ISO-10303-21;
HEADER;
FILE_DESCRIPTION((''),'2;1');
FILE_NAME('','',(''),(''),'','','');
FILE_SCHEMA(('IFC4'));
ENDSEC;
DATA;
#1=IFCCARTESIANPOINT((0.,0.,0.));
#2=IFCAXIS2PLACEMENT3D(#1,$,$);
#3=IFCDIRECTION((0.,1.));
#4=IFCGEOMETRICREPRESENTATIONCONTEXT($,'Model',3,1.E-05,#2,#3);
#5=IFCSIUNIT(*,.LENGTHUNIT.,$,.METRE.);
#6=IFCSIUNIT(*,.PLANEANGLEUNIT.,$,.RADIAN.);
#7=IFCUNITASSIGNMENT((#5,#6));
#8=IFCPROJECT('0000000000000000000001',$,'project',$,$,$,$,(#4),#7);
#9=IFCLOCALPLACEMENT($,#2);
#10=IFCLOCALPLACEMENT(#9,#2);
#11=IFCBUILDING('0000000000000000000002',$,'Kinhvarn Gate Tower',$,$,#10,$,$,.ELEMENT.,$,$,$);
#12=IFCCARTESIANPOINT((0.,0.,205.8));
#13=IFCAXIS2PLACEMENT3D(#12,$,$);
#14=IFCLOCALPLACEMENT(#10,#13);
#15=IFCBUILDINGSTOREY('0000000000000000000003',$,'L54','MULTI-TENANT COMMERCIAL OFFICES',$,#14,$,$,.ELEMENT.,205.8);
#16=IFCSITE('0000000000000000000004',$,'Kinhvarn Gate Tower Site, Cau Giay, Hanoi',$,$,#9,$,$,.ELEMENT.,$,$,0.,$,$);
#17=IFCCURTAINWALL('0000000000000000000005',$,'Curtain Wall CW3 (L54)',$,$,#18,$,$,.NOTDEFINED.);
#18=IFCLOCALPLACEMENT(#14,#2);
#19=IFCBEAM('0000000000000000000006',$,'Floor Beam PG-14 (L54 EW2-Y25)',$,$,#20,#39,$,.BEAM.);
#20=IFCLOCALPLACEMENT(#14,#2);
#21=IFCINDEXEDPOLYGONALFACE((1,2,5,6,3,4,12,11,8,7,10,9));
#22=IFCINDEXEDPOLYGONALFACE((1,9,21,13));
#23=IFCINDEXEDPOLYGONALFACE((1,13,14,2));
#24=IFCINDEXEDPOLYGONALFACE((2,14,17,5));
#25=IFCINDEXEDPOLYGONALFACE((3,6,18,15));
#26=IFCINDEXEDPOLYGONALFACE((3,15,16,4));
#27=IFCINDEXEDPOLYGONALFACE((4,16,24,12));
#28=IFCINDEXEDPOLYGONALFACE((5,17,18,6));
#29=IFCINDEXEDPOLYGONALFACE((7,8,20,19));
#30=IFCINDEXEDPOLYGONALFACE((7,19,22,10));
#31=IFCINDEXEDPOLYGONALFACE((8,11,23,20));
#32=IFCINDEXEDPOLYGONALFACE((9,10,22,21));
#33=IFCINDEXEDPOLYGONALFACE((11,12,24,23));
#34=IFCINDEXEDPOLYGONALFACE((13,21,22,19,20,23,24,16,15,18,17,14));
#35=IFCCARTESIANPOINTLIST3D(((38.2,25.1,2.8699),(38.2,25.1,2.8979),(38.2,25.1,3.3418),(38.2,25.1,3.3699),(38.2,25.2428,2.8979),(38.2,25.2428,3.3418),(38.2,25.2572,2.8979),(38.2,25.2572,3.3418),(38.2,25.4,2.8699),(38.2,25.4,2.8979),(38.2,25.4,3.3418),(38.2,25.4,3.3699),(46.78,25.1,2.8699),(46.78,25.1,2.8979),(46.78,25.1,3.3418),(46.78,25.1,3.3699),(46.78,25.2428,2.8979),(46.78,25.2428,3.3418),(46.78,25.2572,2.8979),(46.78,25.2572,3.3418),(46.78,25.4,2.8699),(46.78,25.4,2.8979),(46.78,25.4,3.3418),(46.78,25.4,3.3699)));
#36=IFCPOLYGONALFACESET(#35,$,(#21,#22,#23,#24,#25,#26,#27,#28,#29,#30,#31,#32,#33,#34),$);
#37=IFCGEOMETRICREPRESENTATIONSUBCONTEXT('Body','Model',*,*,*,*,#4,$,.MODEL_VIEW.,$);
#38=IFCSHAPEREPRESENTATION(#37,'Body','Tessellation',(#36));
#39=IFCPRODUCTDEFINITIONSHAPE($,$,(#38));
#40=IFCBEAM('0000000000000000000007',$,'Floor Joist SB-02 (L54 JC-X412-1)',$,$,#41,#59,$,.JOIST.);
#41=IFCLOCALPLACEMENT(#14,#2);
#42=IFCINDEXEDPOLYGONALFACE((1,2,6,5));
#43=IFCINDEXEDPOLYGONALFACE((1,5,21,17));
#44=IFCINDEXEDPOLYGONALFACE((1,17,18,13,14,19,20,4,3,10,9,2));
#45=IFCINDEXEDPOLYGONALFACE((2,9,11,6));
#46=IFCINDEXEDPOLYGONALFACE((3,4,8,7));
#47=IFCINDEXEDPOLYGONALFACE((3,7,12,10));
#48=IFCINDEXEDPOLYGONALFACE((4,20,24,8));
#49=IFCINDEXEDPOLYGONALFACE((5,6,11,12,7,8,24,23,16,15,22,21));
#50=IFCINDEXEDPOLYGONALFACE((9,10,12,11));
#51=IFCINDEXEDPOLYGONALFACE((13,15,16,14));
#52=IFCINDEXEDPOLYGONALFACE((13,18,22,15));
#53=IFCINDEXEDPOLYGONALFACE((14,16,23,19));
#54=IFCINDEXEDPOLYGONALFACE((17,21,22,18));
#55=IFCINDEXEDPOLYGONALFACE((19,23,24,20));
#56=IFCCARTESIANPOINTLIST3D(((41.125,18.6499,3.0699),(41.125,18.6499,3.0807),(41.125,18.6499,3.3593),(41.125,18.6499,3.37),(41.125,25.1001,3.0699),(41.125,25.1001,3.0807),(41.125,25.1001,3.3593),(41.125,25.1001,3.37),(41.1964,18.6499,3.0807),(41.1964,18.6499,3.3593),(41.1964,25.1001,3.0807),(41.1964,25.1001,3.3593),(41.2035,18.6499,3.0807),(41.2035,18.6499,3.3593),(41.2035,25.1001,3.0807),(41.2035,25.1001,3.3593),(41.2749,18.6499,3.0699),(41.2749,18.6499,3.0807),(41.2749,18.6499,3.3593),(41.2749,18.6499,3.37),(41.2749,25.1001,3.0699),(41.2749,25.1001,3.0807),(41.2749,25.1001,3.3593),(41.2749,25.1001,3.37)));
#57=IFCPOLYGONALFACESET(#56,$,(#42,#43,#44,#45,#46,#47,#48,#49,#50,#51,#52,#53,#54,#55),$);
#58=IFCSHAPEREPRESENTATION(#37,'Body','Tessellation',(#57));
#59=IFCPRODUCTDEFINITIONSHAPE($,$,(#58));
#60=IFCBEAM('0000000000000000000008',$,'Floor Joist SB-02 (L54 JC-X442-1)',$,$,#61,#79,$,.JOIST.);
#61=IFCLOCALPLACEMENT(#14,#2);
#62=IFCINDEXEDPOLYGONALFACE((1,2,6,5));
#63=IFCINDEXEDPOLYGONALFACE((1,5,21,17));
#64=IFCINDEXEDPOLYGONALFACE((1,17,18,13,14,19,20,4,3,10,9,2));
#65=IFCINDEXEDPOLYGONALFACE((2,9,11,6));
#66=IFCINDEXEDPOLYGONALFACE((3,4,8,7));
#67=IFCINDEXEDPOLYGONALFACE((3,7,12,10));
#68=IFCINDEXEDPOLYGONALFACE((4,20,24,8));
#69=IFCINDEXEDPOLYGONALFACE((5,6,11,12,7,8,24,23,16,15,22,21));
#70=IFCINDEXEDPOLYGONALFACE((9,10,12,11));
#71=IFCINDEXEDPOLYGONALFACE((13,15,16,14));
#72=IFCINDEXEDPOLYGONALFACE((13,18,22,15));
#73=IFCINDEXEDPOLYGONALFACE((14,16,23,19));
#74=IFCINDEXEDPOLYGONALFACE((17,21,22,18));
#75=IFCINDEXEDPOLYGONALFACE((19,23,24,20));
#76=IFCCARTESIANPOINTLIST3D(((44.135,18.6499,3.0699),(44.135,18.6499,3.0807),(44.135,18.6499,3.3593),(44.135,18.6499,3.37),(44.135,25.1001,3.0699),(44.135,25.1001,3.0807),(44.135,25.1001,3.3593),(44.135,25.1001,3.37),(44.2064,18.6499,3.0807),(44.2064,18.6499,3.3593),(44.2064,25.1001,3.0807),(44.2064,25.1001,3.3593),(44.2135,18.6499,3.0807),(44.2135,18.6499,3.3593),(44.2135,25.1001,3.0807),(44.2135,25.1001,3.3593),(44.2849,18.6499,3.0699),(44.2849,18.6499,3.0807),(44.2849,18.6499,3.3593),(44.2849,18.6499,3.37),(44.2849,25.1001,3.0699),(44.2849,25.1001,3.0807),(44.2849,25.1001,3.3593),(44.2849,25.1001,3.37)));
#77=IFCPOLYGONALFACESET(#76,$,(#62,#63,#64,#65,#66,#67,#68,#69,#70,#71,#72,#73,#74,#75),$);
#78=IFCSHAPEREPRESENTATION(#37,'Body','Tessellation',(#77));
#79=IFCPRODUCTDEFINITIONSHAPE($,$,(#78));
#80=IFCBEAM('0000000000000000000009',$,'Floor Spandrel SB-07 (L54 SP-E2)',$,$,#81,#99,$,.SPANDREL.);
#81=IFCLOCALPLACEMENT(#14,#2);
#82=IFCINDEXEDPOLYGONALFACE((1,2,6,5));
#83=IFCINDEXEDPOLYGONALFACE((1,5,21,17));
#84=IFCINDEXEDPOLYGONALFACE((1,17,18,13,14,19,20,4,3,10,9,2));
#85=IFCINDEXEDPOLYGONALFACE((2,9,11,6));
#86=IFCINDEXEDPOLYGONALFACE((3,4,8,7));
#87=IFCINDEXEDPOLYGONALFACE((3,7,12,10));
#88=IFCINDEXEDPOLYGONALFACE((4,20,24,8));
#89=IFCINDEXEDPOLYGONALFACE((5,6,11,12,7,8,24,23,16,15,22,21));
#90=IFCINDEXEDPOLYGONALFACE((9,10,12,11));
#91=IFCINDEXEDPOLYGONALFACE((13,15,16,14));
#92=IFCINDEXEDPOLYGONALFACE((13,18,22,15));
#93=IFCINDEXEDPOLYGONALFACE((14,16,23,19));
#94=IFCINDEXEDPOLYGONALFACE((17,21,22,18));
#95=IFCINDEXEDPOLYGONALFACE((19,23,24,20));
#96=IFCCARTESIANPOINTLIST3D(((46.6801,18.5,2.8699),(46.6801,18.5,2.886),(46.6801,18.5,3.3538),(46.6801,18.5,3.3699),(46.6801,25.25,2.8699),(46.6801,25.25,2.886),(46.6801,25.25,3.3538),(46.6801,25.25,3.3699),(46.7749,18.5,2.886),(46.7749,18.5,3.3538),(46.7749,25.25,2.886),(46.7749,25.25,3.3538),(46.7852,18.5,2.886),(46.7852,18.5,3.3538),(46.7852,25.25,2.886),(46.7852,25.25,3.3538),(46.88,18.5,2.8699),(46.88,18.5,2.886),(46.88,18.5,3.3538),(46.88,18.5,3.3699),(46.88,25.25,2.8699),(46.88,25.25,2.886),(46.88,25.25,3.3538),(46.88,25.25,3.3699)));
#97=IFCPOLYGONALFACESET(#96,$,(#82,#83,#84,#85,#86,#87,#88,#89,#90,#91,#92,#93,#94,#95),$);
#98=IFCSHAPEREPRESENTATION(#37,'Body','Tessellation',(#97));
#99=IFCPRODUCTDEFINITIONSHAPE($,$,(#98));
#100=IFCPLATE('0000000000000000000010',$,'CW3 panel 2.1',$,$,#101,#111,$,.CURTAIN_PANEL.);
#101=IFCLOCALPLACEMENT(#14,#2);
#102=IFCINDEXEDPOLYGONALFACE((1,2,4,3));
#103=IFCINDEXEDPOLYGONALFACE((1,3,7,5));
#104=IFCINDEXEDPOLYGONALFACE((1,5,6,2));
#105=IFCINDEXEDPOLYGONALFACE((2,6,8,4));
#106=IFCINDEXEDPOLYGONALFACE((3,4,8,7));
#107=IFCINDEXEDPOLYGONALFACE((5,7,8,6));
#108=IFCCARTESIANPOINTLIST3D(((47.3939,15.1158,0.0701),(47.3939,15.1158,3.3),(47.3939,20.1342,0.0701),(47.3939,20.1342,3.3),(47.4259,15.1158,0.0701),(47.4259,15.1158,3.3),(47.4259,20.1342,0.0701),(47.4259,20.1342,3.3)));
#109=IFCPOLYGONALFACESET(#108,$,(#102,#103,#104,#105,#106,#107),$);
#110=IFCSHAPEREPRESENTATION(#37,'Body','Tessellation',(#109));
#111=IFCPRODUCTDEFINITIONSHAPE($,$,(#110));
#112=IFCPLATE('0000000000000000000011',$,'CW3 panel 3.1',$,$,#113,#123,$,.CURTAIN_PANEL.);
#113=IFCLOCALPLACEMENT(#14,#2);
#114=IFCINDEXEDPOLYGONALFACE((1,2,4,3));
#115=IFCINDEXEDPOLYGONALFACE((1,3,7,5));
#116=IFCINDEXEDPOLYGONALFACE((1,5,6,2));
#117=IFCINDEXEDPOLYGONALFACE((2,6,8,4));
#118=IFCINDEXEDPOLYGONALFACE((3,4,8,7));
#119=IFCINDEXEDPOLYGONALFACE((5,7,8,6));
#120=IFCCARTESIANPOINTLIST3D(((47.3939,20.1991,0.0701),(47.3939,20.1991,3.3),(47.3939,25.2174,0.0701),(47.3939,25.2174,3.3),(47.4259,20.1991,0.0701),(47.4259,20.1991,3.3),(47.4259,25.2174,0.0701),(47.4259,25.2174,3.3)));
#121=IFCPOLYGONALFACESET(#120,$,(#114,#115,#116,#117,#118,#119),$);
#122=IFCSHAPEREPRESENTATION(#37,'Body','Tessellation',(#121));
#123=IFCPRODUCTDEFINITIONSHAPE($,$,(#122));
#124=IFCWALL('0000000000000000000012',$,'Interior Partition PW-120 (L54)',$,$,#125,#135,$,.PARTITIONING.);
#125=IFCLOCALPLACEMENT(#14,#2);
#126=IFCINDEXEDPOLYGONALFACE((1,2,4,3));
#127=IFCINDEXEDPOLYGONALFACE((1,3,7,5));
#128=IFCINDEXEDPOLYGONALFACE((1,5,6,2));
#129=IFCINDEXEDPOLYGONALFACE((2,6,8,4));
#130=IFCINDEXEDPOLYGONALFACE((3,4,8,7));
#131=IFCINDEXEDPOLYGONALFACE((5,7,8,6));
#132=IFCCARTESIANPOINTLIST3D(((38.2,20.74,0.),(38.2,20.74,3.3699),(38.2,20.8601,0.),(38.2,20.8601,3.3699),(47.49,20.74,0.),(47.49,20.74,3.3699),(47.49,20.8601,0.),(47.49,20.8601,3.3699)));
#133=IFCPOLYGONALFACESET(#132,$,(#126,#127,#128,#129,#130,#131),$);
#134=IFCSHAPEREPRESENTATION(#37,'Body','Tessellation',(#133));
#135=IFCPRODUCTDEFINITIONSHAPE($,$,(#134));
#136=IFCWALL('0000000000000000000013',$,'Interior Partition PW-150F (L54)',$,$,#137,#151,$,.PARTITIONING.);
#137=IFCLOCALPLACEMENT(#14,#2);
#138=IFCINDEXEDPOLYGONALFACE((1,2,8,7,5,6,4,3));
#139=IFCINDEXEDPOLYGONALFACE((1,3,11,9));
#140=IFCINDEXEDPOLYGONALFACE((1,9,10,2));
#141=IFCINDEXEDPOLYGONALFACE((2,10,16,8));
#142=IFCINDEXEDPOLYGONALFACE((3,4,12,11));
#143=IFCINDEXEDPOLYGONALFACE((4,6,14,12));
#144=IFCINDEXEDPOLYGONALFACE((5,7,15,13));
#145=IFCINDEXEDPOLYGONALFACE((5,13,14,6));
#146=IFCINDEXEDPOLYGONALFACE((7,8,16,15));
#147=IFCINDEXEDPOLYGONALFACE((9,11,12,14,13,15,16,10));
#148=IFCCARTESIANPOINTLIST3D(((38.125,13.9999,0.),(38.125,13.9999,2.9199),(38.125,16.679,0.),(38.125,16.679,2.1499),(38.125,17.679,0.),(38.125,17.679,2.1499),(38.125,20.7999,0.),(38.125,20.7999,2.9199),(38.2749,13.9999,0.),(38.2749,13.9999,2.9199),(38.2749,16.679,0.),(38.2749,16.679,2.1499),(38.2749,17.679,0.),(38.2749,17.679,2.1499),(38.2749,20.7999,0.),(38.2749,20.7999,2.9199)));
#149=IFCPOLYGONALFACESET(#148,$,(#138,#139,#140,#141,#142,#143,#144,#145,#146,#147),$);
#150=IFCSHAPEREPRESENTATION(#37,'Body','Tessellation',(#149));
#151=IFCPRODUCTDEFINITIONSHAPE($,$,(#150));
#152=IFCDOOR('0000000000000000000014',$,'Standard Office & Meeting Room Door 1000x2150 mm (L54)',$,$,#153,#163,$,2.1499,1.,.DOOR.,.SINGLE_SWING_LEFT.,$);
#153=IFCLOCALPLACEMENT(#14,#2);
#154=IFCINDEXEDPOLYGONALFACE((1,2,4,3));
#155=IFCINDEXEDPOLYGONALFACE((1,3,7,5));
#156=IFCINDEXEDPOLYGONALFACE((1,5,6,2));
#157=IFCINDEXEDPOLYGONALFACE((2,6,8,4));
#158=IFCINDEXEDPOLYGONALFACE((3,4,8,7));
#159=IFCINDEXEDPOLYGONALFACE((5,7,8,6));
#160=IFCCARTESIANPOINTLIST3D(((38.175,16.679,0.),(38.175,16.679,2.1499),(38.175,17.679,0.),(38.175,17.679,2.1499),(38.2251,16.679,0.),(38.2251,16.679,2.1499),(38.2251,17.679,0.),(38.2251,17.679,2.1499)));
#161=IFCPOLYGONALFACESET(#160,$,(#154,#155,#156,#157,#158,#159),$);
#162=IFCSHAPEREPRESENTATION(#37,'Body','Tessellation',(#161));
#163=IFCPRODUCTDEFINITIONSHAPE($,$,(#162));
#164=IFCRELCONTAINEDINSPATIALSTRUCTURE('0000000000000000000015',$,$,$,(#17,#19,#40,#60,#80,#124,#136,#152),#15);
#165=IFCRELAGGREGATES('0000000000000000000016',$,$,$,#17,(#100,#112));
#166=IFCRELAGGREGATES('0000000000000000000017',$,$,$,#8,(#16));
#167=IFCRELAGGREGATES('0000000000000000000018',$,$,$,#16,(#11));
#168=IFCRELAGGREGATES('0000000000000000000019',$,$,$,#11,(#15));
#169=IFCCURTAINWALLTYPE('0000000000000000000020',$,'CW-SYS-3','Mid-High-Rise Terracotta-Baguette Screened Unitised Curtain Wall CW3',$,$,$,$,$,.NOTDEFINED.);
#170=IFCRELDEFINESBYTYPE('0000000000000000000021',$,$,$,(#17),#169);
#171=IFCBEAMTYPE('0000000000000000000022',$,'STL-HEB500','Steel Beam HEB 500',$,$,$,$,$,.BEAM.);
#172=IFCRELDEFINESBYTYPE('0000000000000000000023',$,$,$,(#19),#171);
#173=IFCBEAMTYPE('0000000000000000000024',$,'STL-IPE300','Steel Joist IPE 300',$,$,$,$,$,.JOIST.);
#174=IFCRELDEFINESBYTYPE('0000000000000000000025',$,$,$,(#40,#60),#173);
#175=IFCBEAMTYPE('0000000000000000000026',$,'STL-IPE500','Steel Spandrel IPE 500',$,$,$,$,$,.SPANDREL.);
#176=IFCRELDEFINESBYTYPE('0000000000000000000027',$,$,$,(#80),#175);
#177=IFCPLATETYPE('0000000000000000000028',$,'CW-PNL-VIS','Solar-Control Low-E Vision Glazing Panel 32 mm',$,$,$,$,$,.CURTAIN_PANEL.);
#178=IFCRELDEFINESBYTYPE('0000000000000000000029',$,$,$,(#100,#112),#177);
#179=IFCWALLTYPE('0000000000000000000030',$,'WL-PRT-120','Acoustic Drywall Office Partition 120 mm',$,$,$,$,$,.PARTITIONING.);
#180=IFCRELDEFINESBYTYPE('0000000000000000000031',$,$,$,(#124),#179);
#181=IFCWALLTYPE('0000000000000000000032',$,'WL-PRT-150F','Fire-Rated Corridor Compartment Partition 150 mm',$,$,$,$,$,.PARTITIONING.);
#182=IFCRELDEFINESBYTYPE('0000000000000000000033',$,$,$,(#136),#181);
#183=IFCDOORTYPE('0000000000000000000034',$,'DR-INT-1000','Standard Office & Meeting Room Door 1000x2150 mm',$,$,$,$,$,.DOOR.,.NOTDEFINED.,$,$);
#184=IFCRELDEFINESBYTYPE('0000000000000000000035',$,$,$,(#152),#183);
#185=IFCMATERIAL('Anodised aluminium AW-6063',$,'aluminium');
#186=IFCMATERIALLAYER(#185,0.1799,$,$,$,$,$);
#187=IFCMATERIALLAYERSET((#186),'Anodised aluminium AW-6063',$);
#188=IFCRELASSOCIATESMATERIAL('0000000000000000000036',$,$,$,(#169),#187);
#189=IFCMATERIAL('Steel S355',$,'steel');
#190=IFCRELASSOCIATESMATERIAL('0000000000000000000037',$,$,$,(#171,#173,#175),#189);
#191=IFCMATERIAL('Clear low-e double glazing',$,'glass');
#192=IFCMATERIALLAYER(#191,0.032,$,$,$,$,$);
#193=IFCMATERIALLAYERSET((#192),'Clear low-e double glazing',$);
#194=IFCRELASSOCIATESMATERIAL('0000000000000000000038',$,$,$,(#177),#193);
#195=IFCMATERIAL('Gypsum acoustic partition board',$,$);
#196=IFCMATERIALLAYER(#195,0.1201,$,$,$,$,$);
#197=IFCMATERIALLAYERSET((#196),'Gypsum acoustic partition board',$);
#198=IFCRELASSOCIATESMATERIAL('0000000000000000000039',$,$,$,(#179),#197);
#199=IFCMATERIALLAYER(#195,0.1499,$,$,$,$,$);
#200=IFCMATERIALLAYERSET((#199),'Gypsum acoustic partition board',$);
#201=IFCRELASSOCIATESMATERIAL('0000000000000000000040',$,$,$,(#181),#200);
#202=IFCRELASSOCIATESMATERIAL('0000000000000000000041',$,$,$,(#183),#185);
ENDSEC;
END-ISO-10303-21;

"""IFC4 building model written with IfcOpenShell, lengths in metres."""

from ifc_helpers import new_model, si_unit, direction, frame, frame_2d, origin, origin_2d, place, context, subcontext, project, spatial, rectangle, i_section, extrude, material, layer, layer_set, material_profile, profile_set, type_object, element, fill, aggregate, save


model = new_model("IFC4")

# Units and contexts
model_context = context("Model", 3, precision=1e-05, world=origin(), true_north=direction((0.0, 1.0)))
body_context = subcontext(model_context, "Body", "Model", "MODEL_VIEW")
ifc_project = project(units=[si_unit("LENGTHUNIT", "METRE"), si_unit("PLANEANGLEUNIT", "RADIAN")], contexts=[model_context])

# Site, building, storey
site_placement = place(None, origin())
site = spatial("IfcSite", under=ifc_project, at=site_placement, Name="Kinhvarn Gate Tower Site, Cau Giay, Hanoi", CompositionType="ELEMENT", RefElevation=0.0)
building_placement = place(site_placement, origin())
building = spatial("IfcBuilding", under=site, at=building_placement, Name="Kinhvarn Gate Tower", CompositionType="ELEMENT")
storey_placement = place(building_placement, frame((0.0, 0.0, 205.8)))
storey = spatial("IfcBuildingStorey", under=building, at=storey_placement, Name="L54", Description="MULTI-TENANT COMMERCIAL OFFICES", CompositionType="ELEMENT", Elevation=205.8)

# Curtain wall
ifc_material_1 = material(Name="Anodised aluminium AW-6063", Category="aluminium")
ifc_layer_1 = layer(ifc_material_1, 0.1799)
ifc_layer_set_1 = layer_set([ifc_layer_1], Name="Anodised aluminium AW-6063")
curtain_wall_type = type_object("IfcCurtainWallType", Name="CW-SYS-3", Description="Mid-High-Rise Terracotta-Baguette Screened Unitised Curtain Wall CW3", PredefinedType="NOTDEFINED", material=ifc_layer_set_1)
curtain_wall_placement = place(storey_placement, origin())
curtain_wall = element("IfcCurtainWall", 1, at=curtain_wall_placement, inside=storey, type_object=curtain_wall_type, Name="Curtain Wall CW3 (L54)", PredefinedType="NOTDEFINED")

# Beams
ifc_material_2 = material(Name="Steel S355", Category="steel")
ifc_material_profile_1 = material_profile(ifc_material_2, i_section(OverallWidth=0.3, OverallDepth=0.5, WebThickness=0.0144, FlangeThickness=0.0281, at=origin_2d()), Name="HEB 500")
ifc_profile_set_1 = profile_set([ifc_material_profile_1], Name="Steel S355")
beam_type_1 = type_object("IfcBeamType", Name="STL-HEB500", Description="Steel Beam HEB 500", PredefinedType="BEAM", material=ifc_profile_set_1)
for number, where, z_axis, x_axis, name in (
    (2, (38.2, 25.25, 3.1199), (1.0, 0.0, 0.0), (0.0, 1.0, 0.0), "Floor Beam PG-14 (L54 EW2-Y25)"),
):
    element("IfcBeam", number, at=place(storey_placement, frame(where, z_axis=z_axis, x_axis=x_axis)), inside=storey, type_object=beam_type_1, Name=name, PredefinedType="BEAM", context=body_context, shape_type="SweptSolid", body=[
        extrude(i_section(OverallWidth=0.3, OverallDepth=0.5, WebThickness=0.0144, FlangeThickness=0.0281, at=origin_2d()), origin(), (0.0, 0.0, 1.0), 8.5801),
    ])
ifc_material_profile_2 = material_profile(ifc_material_2, i_section(OverallWidth=0.1499, OverallDepth=0.3, WebThickness=0.0071, FlangeThickness=0.0107, at=origin_2d()), Name="IPE 300")
ifc_profile_set_2 = profile_set([ifc_material_profile_2], Name="Steel S355")
beam_type_2 = type_object("IfcBeamType", Name="STL-IPE300", Description="Steel Joist IPE 300", PredefinedType="JOIST", material=ifc_profile_set_2)
for number, where, z_axis, x_axis, name in (
    (3, (41.2, 18.6499, 3.22), (0.0, 1.0, 0.0), (-1.0, 0.0, 0.0), "Floor Joist SB-02 (L54 JC-X412-1)"),
    (4, (44.21, 18.6499, 3.22), (0.0, 1.0, 0.0), (-1.0, 0.0, 0.0), "Floor Joist SB-02 (L54 JC-X442-1)"),
):
    element("IfcBeam", number, at=place(storey_placement, frame(where, z_axis=z_axis, x_axis=x_axis)), inside=storey, type_object=beam_type_2, Name=name, PredefinedType="JOIST", context=body_context, shape_type="SweptSolid", body=[
        extrude(i_section(OverallWidth=0.1499, OverallDepth=0.3, WebThickness=0.0071, FlangeThickness=0.0107, at=origin_2d()), origin(), (0.0, 0.0, 1.0), 6.4502),
    ])
ifc_material_profile_3 = material_profile(ifc_material_2, i_section(OverallWidth=0.2, OverallDepth=0.5, WebThickness=0.0103, FlangeThickness=0.0161, at=origin_2d()), Name="IPE 500")
ifc_profile_set_3 = profile_set([ifc_material_profile_3], Name="Steel S355")
beam_type_3 = type_object("IfcBeamType", Name="STL-IPE500", Description="Steel Spandrel IPE 500", PredefinedType="SPANDREL", material=ifc_profile_set_3)
beam_placement = place(storey_placement, frame((46.78, 18.5, 3.1199), z_axis=(0.0, 1.0, 0.0), x_axis=(-1.0, 0.0, 0.0)))
element("IfcBeam", 5, at=beam_placement, inside=storey, type_object=beam_type_3, Name="Floor Spandrel SB-07 (L54 SP-E2)", PredefinedType="SPANDREL", context=body_context, shape_type="SweptSolid", body=[
    extrude(i_section(OverallWidth=0.2, OverallDepth=0.5, WebThickness=0.0103, FlangeThickness=0.0161, at=origin_2d()), origin(), (0.0, 0.0, 1.0), 6.75),
])

# Plates
ifc_material_3 = material(Name="Clear low-e double glazing", Category="glass")
ifc_layer_2 = layer(ifc_material_3, 0.032)
ifc_layer_set_2 = layer_set([ifc_layer_2], Name="Clear low-e double glazing")
plate_type = type_object("IfcPlateType", Name="CW-PNL-VIS", Description="Solar-Control Low-E Vision Glazing Panel 32 mm", PredefinedType="CURTAIN_PANEL", material=ifc_layer_set_2)
plate_1_placement = place(storey_placement, frame((47.4099, 17.625, 0.0701), z_axis=(0.0, 0.0, 1.0), x_axis=(0.0, 1.0, 0.0)))
plate_1 = element("IfcPlate", 6, at=plate_1_placement, type_object=plate_type, Name="CW3 panel 2.1", PredefinedType="CURTAIN_PANEL", context=body_context, shape_type="SweptSolid", body=[
    extrude(rectangle(XDim=5.0183, YDim=0.032, at=origin_2d()), origin(), (0.0, 0.0, 1.0), 3.23),
])
plate_2_placement = place(storey_placement, frame((47.4099, 22.7083, 0.0701), z_axis=(0.0, 0.0, 1.0), x_axis=(0.0, 1.0, 0.0)))
plate_2 = element("IfcPlate", 7, at=plate_2_placement, type_object=plate_type, Name="CW3 panel 3.1", PredefinedType="CURTAIN_PANEL", context=body_context, shape_type="SweptSolid", body=[
    extrude(rectangle(XDim=5.0183, YDim=0.032, at=origin_2d()), origin(), (0.0, 0.0, 1.0), 3.23),
])
aggregate(curtain_wall, [plate_1, plate_2])

# Wall
ifc_material_4 = material(Name="Gypsum acoustic partition board")
ifc_layer_3 = layer(ifc_material_4, 0.1201)
ifc_layer_set_3 = layer_set([ifc_layer_3], Name="Gypsum acoustic partition board")
wall_type_1 = type_object("IfcWallType", Name="WL-PRT-120", Description="Acoustic Drywall Office Partition 120 mm", PredefinedType="PARTITIONING", material=ifc_layer_set_3)
wall_1_placement = place(storey_placement, frame((38.2, 20.8, 0.0), z_axis=(0.0, 0.0, 1.0), x_axis=(1.0, 0.0, 0.0)))
element("IfcWall", 8, at=wall_1_placement, inside=storey, type_object=wall_type_1, Name="Interior Partition PW-120 (L54)", PredefinedType="PARTITIONING", context=body_context, shape_type="SweptSolid", body=[
    extrude(rectangle(XDim=9.29, YDim=0.1201, at=frame_2d((4.645, 0.0))), origin(), (0.0, 0.0, 1.0), 3.3699),
])

# Wall, opening, door
ifc_layer_4 = layer(ifc_material_4, 0.1499)
ifc_layer_set_4 = layer_set([ifc_layer_4], Name="Gypsum acoustic partition board")
wall_type_2 = type_object("IfcWallType", Name="WL-PRT-150F", Description="Fire-Rated Corridor Compartment Partition 150 mm", PredefinedType="PARTITIONING", material=ifc_layer_set_4)
wall_2_placement = place(storey_placement, frame((38.2, 14.0, 0.0), z_axis=(0.0, 0.0, 1.0), x_axis=(0.0, 1.0, 0.0)))
wall_2 = element("IfcWall", 9, at=wall_2_placement, inside=storey, type_object=wall_type_2, Name="Interior Partition PW-150F (L54)", PredefinedType="PARTITIONING", context=body_context, shape_type="SweptSolid", body=[
    extrude(rectangle(XDim=6.8, YDim=0.1499, at=frame_2d((3.3999, 0.0))), origin(), (0.0, 0.0, 1.0), 2.9199),
])
opening_1_placement = place(wall_2_placement, frame((2.679, 0.0, 0.0)))
opening_1 = element("IfcOpeningElement", 10, at=opening_1_placement, cuts=wall_2, PredefinedType="OPENING", context=body_context, shape_type="SweptSolid", body=[
    extrude(rectangle(XDim=1.0, YDim=2.1499, at=frame_2d((0.5, 1.075))), frame((0.0, 0.085, 0.0), z_axis=(0.0, -1.0, 0.0), x_axis=(1.0, 0.0, 0.0)), (0.0, 0.0, 1.0), 0.1699),
])
door_type = type_object("IfcDoorType", Name="DR-INT-1000", Description="Standard Office & Meeting Room Door 1000x2150 mm", OperationType="NOTDEFINED", PredefinedType="DOOR", material=ifc_material_1)
door_1_placement = place(opening_1_placement, origin())
door_1 = element("IfcDoor", 11, at=door_1_placement, inside=storey, type_object=door_type, Name="Standard Office & Meeting Room Door 1000x2150 mm (L54)", OperationType="SINGLE_SWING_LEFT", OverallHeight=2.1499, OverallWidth=1.0, PredefinedType="DOOR", context=body_context, shape_type="SweptSolid", body=[
    extrude(rectangle(XDim=1.0, YDim=2.1499, at=frame_2d((0.5, 1.075))), frame((0.0, 0.0249, 0.0), z_axis=(0.0, -1.0, 0.0), x_axis=(1.0, 0.0, 0.0)), (0.0, 0.0, 1.0), 0.05),
])
fill(opening_1, door_1)

save(model, "model.ifc")
